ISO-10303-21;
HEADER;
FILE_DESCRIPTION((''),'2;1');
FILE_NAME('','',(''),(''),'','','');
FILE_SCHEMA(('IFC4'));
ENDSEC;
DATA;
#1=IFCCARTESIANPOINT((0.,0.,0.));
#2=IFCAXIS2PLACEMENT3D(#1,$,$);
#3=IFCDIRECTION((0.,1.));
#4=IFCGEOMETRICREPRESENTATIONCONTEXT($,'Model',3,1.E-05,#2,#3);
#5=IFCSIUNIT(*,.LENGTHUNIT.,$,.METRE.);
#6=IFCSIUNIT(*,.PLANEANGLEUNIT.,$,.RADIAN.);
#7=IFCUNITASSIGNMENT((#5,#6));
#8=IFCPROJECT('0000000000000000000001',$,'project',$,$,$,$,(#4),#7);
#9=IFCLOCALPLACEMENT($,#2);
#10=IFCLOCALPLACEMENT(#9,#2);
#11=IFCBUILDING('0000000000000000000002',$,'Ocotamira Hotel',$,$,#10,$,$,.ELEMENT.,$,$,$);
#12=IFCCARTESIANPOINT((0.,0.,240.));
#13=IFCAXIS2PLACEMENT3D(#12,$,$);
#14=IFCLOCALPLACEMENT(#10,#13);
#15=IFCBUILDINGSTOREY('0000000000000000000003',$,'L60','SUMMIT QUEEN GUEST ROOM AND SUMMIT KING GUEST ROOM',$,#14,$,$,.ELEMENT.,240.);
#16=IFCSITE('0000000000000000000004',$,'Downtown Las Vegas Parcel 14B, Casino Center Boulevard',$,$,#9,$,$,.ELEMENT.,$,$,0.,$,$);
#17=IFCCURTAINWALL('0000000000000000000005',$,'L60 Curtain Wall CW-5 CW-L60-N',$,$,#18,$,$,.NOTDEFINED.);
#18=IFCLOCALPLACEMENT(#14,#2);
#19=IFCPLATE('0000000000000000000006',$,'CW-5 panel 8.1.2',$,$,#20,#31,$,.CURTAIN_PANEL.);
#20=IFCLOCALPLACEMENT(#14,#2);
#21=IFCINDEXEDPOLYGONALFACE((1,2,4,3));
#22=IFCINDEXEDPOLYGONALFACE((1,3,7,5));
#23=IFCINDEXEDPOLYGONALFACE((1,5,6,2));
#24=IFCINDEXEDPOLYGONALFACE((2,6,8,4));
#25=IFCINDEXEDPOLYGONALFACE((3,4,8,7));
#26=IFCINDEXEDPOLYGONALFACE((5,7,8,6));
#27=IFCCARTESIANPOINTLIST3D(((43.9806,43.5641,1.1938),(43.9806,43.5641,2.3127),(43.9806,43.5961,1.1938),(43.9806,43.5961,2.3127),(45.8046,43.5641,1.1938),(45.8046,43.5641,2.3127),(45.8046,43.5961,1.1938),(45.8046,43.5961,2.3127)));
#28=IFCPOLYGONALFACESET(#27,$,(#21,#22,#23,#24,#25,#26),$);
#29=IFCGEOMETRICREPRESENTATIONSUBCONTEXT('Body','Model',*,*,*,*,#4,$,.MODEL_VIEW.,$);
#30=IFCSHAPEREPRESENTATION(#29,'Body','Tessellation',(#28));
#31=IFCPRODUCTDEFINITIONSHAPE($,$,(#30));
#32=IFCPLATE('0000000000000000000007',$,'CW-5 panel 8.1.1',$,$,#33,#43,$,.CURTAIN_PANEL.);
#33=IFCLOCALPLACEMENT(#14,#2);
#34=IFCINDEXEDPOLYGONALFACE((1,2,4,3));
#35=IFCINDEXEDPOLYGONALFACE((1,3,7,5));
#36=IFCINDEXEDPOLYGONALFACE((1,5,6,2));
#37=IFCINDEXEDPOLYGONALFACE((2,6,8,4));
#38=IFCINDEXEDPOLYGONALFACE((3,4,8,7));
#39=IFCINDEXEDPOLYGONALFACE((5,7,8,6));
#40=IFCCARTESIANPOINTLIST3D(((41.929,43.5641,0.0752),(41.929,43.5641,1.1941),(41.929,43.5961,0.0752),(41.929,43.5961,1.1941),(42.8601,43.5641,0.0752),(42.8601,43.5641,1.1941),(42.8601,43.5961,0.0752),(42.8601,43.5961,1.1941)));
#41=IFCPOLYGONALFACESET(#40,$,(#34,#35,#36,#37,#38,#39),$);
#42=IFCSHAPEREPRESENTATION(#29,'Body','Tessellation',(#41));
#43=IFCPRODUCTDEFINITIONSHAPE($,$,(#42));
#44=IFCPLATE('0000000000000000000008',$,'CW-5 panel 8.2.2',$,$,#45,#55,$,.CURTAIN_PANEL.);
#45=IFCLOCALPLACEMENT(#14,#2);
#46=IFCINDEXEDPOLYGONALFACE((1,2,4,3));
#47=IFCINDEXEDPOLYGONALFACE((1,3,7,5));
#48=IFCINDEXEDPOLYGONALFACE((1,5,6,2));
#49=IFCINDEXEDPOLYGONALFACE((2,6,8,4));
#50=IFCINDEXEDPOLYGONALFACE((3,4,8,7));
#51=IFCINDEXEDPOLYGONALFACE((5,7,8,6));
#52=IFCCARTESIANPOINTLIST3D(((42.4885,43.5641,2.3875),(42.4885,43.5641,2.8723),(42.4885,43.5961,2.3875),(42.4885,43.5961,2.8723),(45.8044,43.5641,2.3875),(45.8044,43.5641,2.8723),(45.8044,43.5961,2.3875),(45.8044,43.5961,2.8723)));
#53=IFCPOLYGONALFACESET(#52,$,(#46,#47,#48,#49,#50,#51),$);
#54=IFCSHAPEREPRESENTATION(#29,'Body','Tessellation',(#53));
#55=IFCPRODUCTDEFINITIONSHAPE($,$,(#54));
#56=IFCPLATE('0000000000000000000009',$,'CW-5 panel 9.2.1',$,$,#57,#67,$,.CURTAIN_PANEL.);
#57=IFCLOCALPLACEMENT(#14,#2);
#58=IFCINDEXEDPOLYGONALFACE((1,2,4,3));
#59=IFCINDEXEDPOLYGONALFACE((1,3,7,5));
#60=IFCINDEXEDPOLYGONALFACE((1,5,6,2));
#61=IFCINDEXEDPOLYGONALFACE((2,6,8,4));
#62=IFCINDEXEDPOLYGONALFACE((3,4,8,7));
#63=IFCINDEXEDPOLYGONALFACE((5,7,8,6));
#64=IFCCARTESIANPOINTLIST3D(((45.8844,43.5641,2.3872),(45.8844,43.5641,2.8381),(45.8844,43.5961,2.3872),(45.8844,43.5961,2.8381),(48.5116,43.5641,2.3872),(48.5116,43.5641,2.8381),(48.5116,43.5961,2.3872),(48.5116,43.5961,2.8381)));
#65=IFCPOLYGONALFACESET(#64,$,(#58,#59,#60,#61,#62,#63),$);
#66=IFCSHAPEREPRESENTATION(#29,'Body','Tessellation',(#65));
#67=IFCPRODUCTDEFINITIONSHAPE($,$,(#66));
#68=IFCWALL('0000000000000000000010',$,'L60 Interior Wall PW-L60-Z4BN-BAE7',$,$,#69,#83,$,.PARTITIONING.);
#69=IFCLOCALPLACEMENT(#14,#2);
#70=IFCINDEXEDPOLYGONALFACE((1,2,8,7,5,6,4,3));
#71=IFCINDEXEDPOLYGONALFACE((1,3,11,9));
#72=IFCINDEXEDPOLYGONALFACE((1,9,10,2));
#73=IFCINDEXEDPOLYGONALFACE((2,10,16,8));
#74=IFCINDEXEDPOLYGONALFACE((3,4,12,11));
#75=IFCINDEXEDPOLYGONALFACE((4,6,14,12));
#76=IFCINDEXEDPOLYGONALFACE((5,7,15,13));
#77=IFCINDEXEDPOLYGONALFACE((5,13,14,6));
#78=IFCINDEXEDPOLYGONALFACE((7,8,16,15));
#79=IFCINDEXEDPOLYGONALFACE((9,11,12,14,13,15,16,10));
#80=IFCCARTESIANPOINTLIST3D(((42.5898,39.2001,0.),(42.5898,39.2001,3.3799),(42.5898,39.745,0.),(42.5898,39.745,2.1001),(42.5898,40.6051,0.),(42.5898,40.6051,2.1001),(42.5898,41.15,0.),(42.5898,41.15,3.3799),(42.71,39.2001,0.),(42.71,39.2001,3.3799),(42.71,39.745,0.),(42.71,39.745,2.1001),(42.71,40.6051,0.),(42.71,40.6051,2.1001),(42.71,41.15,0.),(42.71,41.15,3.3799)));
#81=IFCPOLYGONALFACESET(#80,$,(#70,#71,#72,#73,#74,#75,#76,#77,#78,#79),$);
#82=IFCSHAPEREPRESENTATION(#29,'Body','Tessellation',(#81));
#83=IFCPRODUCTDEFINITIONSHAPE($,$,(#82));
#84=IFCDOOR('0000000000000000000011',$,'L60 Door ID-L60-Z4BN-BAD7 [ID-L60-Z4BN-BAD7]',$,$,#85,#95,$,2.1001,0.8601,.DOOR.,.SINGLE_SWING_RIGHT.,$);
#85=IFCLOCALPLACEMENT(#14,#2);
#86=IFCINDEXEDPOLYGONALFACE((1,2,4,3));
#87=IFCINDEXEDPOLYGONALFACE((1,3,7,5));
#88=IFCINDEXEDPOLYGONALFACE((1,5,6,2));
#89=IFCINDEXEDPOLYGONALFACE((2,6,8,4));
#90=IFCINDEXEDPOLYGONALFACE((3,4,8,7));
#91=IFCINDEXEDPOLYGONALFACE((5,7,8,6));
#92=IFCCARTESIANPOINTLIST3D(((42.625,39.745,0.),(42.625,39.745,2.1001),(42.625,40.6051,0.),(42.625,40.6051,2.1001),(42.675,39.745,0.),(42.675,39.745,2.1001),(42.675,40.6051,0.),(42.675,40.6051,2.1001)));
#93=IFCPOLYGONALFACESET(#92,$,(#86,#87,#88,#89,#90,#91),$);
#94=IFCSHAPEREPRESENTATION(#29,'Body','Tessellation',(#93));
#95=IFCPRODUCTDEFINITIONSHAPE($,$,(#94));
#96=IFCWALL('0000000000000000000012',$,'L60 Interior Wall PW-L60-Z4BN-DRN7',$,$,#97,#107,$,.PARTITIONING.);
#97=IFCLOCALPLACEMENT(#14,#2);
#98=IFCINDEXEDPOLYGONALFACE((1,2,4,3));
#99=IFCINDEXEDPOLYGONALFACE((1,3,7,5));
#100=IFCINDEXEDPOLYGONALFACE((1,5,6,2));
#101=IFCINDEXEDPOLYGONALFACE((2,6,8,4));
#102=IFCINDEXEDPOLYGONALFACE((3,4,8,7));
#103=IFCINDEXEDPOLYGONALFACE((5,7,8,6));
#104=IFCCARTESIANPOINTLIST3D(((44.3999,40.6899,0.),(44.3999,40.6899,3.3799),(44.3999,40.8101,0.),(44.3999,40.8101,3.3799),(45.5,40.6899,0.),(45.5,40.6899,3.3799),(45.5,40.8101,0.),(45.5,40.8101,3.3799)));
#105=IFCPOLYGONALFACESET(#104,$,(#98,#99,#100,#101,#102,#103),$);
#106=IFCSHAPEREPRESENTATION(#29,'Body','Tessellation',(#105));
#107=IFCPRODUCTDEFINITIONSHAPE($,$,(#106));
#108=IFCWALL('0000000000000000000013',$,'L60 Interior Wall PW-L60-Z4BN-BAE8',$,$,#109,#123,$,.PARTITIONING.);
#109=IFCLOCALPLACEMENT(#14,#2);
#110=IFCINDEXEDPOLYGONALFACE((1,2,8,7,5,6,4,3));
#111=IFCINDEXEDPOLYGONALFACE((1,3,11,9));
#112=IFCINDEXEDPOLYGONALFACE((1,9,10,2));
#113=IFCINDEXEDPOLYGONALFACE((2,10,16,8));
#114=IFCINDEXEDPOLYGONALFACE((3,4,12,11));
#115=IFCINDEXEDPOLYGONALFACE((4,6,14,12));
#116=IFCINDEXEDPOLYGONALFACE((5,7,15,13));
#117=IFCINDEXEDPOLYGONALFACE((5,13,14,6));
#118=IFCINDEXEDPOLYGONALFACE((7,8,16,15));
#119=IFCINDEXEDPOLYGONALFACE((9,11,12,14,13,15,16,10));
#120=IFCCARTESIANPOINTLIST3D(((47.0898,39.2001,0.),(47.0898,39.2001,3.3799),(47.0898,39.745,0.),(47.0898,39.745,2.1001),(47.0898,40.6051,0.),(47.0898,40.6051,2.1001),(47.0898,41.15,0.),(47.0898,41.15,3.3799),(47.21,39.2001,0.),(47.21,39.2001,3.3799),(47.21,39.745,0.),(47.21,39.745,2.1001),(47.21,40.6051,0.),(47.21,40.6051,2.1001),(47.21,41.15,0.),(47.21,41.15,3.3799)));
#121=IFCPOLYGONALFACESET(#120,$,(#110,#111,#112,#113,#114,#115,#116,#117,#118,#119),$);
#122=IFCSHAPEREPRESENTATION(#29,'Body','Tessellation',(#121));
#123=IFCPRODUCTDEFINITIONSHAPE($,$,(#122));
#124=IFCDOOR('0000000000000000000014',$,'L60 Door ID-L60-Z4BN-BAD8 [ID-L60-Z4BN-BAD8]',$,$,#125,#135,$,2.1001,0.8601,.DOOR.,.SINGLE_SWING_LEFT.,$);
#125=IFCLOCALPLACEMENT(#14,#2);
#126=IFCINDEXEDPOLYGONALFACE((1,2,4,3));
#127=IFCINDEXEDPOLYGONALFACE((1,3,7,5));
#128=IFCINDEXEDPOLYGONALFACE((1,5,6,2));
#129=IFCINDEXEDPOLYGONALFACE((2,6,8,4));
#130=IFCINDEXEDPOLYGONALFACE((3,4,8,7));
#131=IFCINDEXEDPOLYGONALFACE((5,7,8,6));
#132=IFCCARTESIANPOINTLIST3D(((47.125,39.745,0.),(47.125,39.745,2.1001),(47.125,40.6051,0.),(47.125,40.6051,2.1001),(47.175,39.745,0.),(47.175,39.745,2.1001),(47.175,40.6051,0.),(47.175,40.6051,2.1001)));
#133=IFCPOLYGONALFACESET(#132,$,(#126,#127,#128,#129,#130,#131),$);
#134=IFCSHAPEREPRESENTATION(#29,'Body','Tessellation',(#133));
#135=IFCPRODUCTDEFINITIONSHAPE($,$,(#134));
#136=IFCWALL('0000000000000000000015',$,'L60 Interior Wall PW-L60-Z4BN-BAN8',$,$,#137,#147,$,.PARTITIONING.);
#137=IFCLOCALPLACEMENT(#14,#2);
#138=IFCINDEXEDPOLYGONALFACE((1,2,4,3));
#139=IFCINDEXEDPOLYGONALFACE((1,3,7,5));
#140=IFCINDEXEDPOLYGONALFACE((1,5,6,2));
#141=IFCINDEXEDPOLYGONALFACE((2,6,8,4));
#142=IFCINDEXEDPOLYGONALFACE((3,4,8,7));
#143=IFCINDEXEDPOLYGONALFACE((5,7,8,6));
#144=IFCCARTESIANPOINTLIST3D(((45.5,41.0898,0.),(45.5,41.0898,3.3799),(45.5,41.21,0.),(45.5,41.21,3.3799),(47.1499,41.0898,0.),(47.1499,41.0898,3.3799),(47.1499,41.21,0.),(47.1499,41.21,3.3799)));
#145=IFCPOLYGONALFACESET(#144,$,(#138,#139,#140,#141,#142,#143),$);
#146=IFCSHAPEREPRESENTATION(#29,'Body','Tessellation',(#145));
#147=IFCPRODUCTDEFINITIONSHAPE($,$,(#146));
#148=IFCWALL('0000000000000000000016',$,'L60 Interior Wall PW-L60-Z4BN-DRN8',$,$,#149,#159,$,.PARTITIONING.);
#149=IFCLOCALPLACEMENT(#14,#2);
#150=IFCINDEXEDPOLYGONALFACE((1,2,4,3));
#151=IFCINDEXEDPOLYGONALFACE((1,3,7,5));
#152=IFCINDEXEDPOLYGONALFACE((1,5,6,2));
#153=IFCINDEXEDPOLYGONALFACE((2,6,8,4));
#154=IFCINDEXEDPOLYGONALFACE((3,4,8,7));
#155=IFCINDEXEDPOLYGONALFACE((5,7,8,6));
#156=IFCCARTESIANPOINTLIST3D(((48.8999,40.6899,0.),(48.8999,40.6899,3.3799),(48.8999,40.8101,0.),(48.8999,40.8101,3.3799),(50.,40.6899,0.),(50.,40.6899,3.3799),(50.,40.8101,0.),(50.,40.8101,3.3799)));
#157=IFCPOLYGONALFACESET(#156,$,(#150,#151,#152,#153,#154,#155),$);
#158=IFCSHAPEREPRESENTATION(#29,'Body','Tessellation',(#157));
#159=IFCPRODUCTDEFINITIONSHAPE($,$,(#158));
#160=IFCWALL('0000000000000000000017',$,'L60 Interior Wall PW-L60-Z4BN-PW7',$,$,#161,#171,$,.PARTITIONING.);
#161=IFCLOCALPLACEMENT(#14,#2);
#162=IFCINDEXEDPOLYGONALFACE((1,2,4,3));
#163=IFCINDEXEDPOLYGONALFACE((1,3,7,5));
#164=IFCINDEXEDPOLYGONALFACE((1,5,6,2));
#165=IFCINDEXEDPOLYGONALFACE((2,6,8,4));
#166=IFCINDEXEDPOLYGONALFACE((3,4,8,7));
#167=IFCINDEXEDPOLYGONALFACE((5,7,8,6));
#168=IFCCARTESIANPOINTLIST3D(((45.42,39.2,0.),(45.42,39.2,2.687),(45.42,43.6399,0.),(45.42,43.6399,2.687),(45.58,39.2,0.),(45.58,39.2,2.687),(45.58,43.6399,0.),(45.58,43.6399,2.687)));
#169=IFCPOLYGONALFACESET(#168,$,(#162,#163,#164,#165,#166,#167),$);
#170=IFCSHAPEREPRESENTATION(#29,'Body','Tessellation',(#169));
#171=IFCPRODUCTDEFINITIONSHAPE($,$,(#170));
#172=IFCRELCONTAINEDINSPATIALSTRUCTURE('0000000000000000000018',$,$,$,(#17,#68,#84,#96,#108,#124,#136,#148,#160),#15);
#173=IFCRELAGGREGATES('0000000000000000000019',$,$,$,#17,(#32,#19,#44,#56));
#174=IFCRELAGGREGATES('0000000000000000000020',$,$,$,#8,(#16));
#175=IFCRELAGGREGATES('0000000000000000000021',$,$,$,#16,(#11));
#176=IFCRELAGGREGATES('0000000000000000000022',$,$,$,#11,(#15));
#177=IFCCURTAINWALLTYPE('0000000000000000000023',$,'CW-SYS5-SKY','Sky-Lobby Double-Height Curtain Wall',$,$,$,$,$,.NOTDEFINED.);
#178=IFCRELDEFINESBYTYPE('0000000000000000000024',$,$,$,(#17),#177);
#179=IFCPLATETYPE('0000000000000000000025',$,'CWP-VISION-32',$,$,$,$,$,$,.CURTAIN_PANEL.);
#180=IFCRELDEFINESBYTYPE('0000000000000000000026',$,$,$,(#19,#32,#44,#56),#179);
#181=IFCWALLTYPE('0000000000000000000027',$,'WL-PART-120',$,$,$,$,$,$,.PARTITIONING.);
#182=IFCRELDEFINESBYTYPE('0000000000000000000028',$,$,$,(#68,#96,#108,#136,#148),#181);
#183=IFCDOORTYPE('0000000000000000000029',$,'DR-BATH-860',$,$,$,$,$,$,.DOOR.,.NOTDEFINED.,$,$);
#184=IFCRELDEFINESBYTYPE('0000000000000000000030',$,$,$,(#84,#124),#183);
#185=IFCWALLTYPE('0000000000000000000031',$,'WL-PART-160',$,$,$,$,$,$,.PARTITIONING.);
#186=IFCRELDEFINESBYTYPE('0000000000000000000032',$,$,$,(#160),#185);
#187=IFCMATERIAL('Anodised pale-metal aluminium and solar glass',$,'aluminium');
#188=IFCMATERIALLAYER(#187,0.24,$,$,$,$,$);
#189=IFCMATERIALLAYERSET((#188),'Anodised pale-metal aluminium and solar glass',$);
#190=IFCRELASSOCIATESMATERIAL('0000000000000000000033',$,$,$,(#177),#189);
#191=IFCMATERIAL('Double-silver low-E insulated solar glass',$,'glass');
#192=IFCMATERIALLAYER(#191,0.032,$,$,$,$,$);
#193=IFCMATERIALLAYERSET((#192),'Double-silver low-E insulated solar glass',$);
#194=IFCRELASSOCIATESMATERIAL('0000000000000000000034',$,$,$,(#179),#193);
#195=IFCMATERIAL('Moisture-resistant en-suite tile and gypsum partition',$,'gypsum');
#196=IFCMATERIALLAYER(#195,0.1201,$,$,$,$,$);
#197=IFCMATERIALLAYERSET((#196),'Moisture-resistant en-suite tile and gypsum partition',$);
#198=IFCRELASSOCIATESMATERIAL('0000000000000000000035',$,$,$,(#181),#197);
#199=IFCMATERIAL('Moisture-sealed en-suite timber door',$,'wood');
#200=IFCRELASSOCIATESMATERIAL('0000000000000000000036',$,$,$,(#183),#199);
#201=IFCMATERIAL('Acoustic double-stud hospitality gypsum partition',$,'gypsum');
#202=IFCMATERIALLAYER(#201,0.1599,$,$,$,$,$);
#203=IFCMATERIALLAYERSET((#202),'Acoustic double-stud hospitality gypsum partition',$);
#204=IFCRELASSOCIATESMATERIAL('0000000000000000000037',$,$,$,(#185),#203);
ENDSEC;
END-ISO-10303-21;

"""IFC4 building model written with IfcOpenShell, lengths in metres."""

from ifc_helpers import new_model, si_unit, direction, frame, frame_2d, origin, origin_2d, place, context, subcontext, project, spatial, rectangle, extrude, source, transform, mapped, material, layer, layer_set, type_object, element, fill, aggregate, save


model = new_model("IFC4")

# Units and contexts
model_context = context("Model", 3, precision=1e-05, world=origin(), true_north=direction((0.0, 1.0)))
body_context = subcontext(model_context, "Body", "Model", "MODEL_VIEW")
ifc_project = project(units=[si_unit("LENGTHUNIT", "METRE"), si_unit("PLANEANGLEUNIT", "RADIAN")], contexts=[model_context])

# Site, building, storey
site_placement = place(None, origin())
site = spatial("IfcSite", under=ifc_project, at=site_placement, Name="Downtown Las Vegas Parcel 14B, Casino Center Boulevard", CompositionType="ELEMENT", RefElevation=0.0)
building_placement = place(site_placement, origin())
building = spatial("IfcBuilding", under=site, at=building_placement, Name="Ocotamira Hotel", CompositionType="ELEMENT")
storey_placement = place(building_placement, frame((0.0, 0.0, 240.0)))
storey = spatial("IfcBuildingStorey", under=building, at=storey_placement, Name="L60", Description="SUMMIT QUEEN GUEST ROOM AND SUMMIT KING GUEST ROOM", CompositionType="ELEMENT", Elevation=240.0)

# Curtain wall, plates
ifc_material_1 = material(Name="Anodised pale-metal aluminium and solar glass", Category="aluminium")
ifc_layer_1 = layer(ifc_material_1, 0.24)
ifc_layer_set_1 = layer_set([ifc_layer_1], Name="Anodised pale-metal aluminium and solar glass")
curtain_wall_type = type_object("IfcCurtainWallType", Name="CW-SYS5-SKY", Description="Sky-Lobby Double-Height Curtain Wall", PredefinedType="NOTDEFINED", material=ifc_layer_set_1)
curtain_wall_placement = place(storey_placement, origin())
curtain_wall = element("IfcCurtainWall", 1, at=curtain_wall_placement, inside=storey, type_object=curtain_wall_type, Name="L60 Curtain Wall CW-5 CW-L60-N", PredefinedType="NOTDEFINED")
ifc_material_2 = material(Name="Double-silver low-E insulated solar glass", Category="glass")
ifc_layer_2 = layer(ifc_material_2, 0.032)
ifc_layer_set_2 = layer_set([ifc_layer_2], Name="Double-silver low-E insulated solar glass")
plate_type = type_object("IfcPlateType", Name="CWP-VISION-32", PredefinedType="CURTAIN_PANEL", material=ifc_layer_set_2)
shared_shape_1 = source(origin(), body_context, "Body", "SweptSolid", [
    extrude(rectangle(XDim=1.824, YDim=0.032, at=origin_2d()), origin(), (0.0, 0.0, 1.0), 1.1189),
])
plate_1_placement = place(storey_placement, frame((44.8926, 43.5801, 1.1938), z_axis=(0.0, 0.0, 1.0), x_axis=(1.0, 0.0, 0.0)))
plate_1 = element("IfcPlate", 2, at=plate_1_placement, type_object=plate_type, Name="CW-5 panel 8.1.2", PredefinedType="CURTAIN_PANEL", context=body_context, shape_type="MappedRepresentation", body=[
    mapped(shared_shape_1, transform((0.0, 0.0, 0.0), scale=1.0)),
])
shared_shape_2 = source(origin(), body_context, "Body", "SweptSolid", [
    extrude(rectangle(XDim=0.9312, YDim=0.032, at=origin_2d()), origin(), (0.0, 0.0, 1.0), 1.1189),
])
plate_2_placement = place(storey_placement, frame((42.3945, 43.5801, 0.0752), z_axis=(0.0, 0.0, 1.0), x_axis=(1.0, 0.0, 0.0)))
plate_2 = element("IfcPlate", 3, at=plate_2_placement, type_object=plate_type, Name="CW-5 panel 8.1.1", PredefinedType="CURTAIN_PANEL", context=body_context, shape_type="MappedRepresentation", body=[
    mapped(shared_shape_2, transform((0.0, 0.0, 0.0), scale=1.0)),
])
shared_shape_3 = source(origin(), body_context, "Body", "SweptSolid", [
    extrude(rectangle(XDim=3.3159, YDim=0.032, at=origin_2d()), origin(), (0.0, 0.0, 1.0), 0.4849),
])
plate_3_placement = place(storey_placement, frame((44.1465, 43.5801, 2.3875), z_axis=(0.0, 0.0, 1.0), x_axis=(1.0, 0.0, 0.0)))
plate_3 = element("IfcPlate", 4, at=plate_3_placement, type_object=plate_type, Name="CW-5 panel 8.2.2", PredefinedType="CURTAIN_PANEL", context=body_context, shape_type="MappedRepresentation", body=[
    mapped(shared_shape_3, transform((0.0, 0.0, 0.0), scale=1.0)),
])
shared_shape_4 = source(origin(), body_context, "Body", "SweptSolid", [
    extrude(rectangle(XDim=2.6272, YDim=0.032, at=origin_2d()), origin(), (0.0, 0.0, 1.0), 0.4509),
])
plate_4_placement = place(storey_placement, frame((47.198, 43.5801, 2.3872), z_axis=(0.0, 0.0, 1.0), x_axis=(1.0, 0.0, 0.0)))
plate_4 = element("IfcPlate", 5, at=plate_4_placement, type_object=plate_type, Name="CW-5 panel 9.2.1", PredefinedType="CURTAIN_PANEL", context=body_context, shape_type="MappedRepresentation", body=[
    mapped(shared_shape_4, transform((0.0, 0.0, 0.0), scale=1.0)),
])
aggregate(curtain_wall, [plate_2, plate_1, plate_3, plate_4])

# Wall, opening, door
ifc_material_3 = material(Name="Moisture-resistant en-suite tile and gypsum partition", Category="gypsum")
ifc_layer_3 = layer(ifc_material_3, 0.1201)
ifc_layer_set_3 = layer_set([ifc_layer_3], Name="Moisture-resistant en-suite tile and gypsum partition")
wall_type_1 = type_object("IfcWallType", Name="WL-PART-120", PredefinedType="PARTITIONING", material=ifc_layer_set_3)
wall_1_placement = place(storey_placement, frame((42.6499, 39.2, 0.0), z_axis=(0.0, 0.0, 1.0), x_axis=(0.0, 1.0, 0.0)))
wall_1 = element("IfcWall", 6, at=wall_1_placement, inside=storey, type_object=wall_type_1, Name="L60 Interior Wall PW-L60-Z4BN-BAE7", PredefinedType="PARTITIONING", context=body_context, shape_type="SweptSolid", body=[
    extrude(rectangle(XDim=1.95, YDim=0.1201, at=frame_2d((0.9751, 0.0))), origin(), (0.0, 0.0, 1.0), 3.3799),
])
opening_1_placement = place(wall_1_placement, frame((0.5449, 0.0, 0.0)))
opening_1 = element("IfcOpeningElement", 7, at=opening_1_placement, cuts=wall_1, PredefinedType="OPENING", context=body_context, shape_type="SweptSolid", body=[
    extrude(rectangle(XDim=0.8601, YDim=2.1001, at=frame_2d((0.4302, 1.05))), frame((0.0, 0.0701, 0.0), z_axis=(0.0, -1.0, 0.0), x_axis=(1.0, 0.0, 0.0)), (0.0, 0.0, 1.0), 0.1401),
])
ifc_material_4 = material(Name="Moisture-sealed en-suite timber door", Category="wood")
door_type = type_object("IfcDoorType", Name="DR-BATH-860", OperationType="NOTDEFINED", PredefinedType="DOOR", material=ifc_material_4)
shared_shape_5 = source(origin(), body_context, "Body", "SweptSolid", [
    extrude(rectangle(XDim=0.8601, YDim=2.1001, at=frame_2d((0.4302, 1.05))), frame((0.0, 0.0249, 0.0), z_axis=(0.0, -1.0, 0.0), x_axis=(1.0, 0.0, 0.0)), (0.0, 0.0, 1.0), 0.05),
])
door_1_placement = place(opening_1_placement, origin())
door_1 = element("IfcDoor", 8, at=door_1_placement, inside=storey, type_object=door_type, Name="L60 Door ID-L60-Z4BN-BAD7 [ID-L60-Z4BN-BAD7]", OperationType="SINGLE_SWING_RIGHT", OverallHeight=2.1001, OverallWidth=0.8601, PredefinedType="DOOR", context=body_context, shape_type="MappedRepresentation", body=[
    mapped(shared_shape_5, transform((0.0, 0.0, 0.0), scale=1.0)),
])
fill(opening_1, door_1)

# Wall
wall_2_placement = place(storey_placement, frame((44.3999, 40.75, 0.0), z_axis=(0.0, 0.0, 1.0), x_axis=(1.0, 0.0, 0.0)))
element("IfcWall", 9, at=wall_2_placement, inside=storey, type_object=wall_type_1, Name="L60 Interior Wall PW-L60-Z4BN-DRN7", PredefinedType="PARTITIONING", context=body_context, shape_type="SweptSolid", body=[
    extrude(rectangle(XDim=1.1001, YDim=0.1201, at=frame_2d((0.55, 0.0))), origin(), (0.0, 0.0, 1.0), 3.3799),
])

# Wall, opening, door
wall_3_placement = place(storey_placement, frame((47.1499, 39.2, 0.0), z_axis=(0.0, 0.0, 1.0), x_axis=(0.0, 1.0, 0.0)))
wall_3 = element("IfcWall", 10, at=wall_3_placement, inside=storey, type_object=wall_type_1, Name="L60 Interior Wall PW-L60-Z4BN-BAE8", PredefinedType="PARTITIONING", context=body_context, shape_type="SweptSolid", body=[
    extrude(rectangle(XDim=1.95, YDim=0.1201, at=frame_2d((0.9751, 0.0))), origin(), (0.0, 0.0, 1.0), 3.3799),
])
opening_2_placement = place(wall_3_placement, frame((0.5449, 0.0, 0.0)))
opening_2 = element("IfcOpeningElement", 11, at=opening_2_placement, cuts=wall_3, PredefinedType="OPENING", context=body_context, shape_type="SweptSolid", body=[
    extrude(rectangle(XDim=0.8601, YDim=2.1001, at=frame_2d((0.4302, 1.05))), frame((0.0, 0.0701, 0.0), z_axis=(0.0, -1.0, 0.0), x_axis=(1.0, 0.0, 0.0)), (0.0, 0.0, 1.0), 0.1401),
])
door_2_placement = place(opening_2_placement, origin())
door_2 = element("IfcDoor", 12, at=door_2_placement, inside=storey, type_object=door_type, Name="L60 Door ID-L60-Z4BN-BAD8 [ID-L60-Z4BN-BAD8]", OperationType="SINGLE_SWING_LEFT", OverallHeight=2.1001, OverallWidth=0.8601, PredefinedType="DOOR", context=body_context, shape_type="MappedRepresentation", body=[
    mapped(shared_shape_5, transform((0.0, 0.0, 0.0), scale=1.0)),
])
fill(opening_2, door_2)

# Walls
wall_4_placement = place(storey_placement, frame((45.5, 41.1499, 0.0), z_axis=(0.0, 0.0, 1.0), x_axis=(1.0, 0.0, 0.0)))
element("IfcWall", 13, at=wall_4_placement, inside=storey, type_object=wall_type_1, Name="L60 Interior Wall PW-L60-Z4BN-BAN8", PredefinedType="PARTITIONING", context=body_context, shape_type="SweptSolid", body=[
    extrude(rectangle(XDim=1.6499, YDim=0.1201, at=frame_2d((0.825, 0.0))), origin(), (0.0, 0.0, 1.0), 3.3799),
])
wall_5_placement = place(storey_placement, frame((48.8999, 40.75, 0.0), z_axis=(0.0, 0.0, 1.0), x_axis=(1.0, 0.0, 0.0)))
element("IfcWall", 14, at=wall_5_placement, inside=storey, type_object=wall_type_1, Name="L60 Interior Wall PW-L60-Z4BN-DRN8", PredefinedType="PARTITIONING", context=body_context, shape_type="SweptSolid", body=[
    extrude(rectangle(XDim=1.1001, YDim=0.1201, at=frame_2d((0.55, 0.0))), origin(), (0.0, 0.0, 1.0), 3.3799),
])
ifc_material_5 = material(Name="Acoustic double-stud hospitality gypsum partition", Category="gypsum")
ifc_layer_4 = layer(ifc_material_5, 0.1599)
ifc_layer_set_4 = layer_set([ifc_layer_4], Name="Acoustic double-stud hospitality gypsum partition")
wall_type_2 = type_object("IfcWallType", Name="WL-PART-160", PredefinedType="PARTITIONING", material=ifc_layer_set_4)
wall_6_placement = place(storey_placement, frame((45.5, 39.2, 0.0), z_axis=(0.0, 0.0, 1.0), x_axis=(0.0, 1.0, 0.0)))
element("IfcWall", 15, at=wall_6_placement, inside=storey, type_object=wall_type_2, Name="L60 Interior Wall PW-L60-Z4BN-PW7", PredefinedType="PARTITIONING", context=body_context, shape_type="SweptSolid", body=[
    extrude(rectangle(XDim=4.4399, YDim=0.1599, at=frame_2d((2.22, 0.0))), origin(), (0.0, 0.0, 1.0), 2.687),
])

save(model, "model.ifc")
